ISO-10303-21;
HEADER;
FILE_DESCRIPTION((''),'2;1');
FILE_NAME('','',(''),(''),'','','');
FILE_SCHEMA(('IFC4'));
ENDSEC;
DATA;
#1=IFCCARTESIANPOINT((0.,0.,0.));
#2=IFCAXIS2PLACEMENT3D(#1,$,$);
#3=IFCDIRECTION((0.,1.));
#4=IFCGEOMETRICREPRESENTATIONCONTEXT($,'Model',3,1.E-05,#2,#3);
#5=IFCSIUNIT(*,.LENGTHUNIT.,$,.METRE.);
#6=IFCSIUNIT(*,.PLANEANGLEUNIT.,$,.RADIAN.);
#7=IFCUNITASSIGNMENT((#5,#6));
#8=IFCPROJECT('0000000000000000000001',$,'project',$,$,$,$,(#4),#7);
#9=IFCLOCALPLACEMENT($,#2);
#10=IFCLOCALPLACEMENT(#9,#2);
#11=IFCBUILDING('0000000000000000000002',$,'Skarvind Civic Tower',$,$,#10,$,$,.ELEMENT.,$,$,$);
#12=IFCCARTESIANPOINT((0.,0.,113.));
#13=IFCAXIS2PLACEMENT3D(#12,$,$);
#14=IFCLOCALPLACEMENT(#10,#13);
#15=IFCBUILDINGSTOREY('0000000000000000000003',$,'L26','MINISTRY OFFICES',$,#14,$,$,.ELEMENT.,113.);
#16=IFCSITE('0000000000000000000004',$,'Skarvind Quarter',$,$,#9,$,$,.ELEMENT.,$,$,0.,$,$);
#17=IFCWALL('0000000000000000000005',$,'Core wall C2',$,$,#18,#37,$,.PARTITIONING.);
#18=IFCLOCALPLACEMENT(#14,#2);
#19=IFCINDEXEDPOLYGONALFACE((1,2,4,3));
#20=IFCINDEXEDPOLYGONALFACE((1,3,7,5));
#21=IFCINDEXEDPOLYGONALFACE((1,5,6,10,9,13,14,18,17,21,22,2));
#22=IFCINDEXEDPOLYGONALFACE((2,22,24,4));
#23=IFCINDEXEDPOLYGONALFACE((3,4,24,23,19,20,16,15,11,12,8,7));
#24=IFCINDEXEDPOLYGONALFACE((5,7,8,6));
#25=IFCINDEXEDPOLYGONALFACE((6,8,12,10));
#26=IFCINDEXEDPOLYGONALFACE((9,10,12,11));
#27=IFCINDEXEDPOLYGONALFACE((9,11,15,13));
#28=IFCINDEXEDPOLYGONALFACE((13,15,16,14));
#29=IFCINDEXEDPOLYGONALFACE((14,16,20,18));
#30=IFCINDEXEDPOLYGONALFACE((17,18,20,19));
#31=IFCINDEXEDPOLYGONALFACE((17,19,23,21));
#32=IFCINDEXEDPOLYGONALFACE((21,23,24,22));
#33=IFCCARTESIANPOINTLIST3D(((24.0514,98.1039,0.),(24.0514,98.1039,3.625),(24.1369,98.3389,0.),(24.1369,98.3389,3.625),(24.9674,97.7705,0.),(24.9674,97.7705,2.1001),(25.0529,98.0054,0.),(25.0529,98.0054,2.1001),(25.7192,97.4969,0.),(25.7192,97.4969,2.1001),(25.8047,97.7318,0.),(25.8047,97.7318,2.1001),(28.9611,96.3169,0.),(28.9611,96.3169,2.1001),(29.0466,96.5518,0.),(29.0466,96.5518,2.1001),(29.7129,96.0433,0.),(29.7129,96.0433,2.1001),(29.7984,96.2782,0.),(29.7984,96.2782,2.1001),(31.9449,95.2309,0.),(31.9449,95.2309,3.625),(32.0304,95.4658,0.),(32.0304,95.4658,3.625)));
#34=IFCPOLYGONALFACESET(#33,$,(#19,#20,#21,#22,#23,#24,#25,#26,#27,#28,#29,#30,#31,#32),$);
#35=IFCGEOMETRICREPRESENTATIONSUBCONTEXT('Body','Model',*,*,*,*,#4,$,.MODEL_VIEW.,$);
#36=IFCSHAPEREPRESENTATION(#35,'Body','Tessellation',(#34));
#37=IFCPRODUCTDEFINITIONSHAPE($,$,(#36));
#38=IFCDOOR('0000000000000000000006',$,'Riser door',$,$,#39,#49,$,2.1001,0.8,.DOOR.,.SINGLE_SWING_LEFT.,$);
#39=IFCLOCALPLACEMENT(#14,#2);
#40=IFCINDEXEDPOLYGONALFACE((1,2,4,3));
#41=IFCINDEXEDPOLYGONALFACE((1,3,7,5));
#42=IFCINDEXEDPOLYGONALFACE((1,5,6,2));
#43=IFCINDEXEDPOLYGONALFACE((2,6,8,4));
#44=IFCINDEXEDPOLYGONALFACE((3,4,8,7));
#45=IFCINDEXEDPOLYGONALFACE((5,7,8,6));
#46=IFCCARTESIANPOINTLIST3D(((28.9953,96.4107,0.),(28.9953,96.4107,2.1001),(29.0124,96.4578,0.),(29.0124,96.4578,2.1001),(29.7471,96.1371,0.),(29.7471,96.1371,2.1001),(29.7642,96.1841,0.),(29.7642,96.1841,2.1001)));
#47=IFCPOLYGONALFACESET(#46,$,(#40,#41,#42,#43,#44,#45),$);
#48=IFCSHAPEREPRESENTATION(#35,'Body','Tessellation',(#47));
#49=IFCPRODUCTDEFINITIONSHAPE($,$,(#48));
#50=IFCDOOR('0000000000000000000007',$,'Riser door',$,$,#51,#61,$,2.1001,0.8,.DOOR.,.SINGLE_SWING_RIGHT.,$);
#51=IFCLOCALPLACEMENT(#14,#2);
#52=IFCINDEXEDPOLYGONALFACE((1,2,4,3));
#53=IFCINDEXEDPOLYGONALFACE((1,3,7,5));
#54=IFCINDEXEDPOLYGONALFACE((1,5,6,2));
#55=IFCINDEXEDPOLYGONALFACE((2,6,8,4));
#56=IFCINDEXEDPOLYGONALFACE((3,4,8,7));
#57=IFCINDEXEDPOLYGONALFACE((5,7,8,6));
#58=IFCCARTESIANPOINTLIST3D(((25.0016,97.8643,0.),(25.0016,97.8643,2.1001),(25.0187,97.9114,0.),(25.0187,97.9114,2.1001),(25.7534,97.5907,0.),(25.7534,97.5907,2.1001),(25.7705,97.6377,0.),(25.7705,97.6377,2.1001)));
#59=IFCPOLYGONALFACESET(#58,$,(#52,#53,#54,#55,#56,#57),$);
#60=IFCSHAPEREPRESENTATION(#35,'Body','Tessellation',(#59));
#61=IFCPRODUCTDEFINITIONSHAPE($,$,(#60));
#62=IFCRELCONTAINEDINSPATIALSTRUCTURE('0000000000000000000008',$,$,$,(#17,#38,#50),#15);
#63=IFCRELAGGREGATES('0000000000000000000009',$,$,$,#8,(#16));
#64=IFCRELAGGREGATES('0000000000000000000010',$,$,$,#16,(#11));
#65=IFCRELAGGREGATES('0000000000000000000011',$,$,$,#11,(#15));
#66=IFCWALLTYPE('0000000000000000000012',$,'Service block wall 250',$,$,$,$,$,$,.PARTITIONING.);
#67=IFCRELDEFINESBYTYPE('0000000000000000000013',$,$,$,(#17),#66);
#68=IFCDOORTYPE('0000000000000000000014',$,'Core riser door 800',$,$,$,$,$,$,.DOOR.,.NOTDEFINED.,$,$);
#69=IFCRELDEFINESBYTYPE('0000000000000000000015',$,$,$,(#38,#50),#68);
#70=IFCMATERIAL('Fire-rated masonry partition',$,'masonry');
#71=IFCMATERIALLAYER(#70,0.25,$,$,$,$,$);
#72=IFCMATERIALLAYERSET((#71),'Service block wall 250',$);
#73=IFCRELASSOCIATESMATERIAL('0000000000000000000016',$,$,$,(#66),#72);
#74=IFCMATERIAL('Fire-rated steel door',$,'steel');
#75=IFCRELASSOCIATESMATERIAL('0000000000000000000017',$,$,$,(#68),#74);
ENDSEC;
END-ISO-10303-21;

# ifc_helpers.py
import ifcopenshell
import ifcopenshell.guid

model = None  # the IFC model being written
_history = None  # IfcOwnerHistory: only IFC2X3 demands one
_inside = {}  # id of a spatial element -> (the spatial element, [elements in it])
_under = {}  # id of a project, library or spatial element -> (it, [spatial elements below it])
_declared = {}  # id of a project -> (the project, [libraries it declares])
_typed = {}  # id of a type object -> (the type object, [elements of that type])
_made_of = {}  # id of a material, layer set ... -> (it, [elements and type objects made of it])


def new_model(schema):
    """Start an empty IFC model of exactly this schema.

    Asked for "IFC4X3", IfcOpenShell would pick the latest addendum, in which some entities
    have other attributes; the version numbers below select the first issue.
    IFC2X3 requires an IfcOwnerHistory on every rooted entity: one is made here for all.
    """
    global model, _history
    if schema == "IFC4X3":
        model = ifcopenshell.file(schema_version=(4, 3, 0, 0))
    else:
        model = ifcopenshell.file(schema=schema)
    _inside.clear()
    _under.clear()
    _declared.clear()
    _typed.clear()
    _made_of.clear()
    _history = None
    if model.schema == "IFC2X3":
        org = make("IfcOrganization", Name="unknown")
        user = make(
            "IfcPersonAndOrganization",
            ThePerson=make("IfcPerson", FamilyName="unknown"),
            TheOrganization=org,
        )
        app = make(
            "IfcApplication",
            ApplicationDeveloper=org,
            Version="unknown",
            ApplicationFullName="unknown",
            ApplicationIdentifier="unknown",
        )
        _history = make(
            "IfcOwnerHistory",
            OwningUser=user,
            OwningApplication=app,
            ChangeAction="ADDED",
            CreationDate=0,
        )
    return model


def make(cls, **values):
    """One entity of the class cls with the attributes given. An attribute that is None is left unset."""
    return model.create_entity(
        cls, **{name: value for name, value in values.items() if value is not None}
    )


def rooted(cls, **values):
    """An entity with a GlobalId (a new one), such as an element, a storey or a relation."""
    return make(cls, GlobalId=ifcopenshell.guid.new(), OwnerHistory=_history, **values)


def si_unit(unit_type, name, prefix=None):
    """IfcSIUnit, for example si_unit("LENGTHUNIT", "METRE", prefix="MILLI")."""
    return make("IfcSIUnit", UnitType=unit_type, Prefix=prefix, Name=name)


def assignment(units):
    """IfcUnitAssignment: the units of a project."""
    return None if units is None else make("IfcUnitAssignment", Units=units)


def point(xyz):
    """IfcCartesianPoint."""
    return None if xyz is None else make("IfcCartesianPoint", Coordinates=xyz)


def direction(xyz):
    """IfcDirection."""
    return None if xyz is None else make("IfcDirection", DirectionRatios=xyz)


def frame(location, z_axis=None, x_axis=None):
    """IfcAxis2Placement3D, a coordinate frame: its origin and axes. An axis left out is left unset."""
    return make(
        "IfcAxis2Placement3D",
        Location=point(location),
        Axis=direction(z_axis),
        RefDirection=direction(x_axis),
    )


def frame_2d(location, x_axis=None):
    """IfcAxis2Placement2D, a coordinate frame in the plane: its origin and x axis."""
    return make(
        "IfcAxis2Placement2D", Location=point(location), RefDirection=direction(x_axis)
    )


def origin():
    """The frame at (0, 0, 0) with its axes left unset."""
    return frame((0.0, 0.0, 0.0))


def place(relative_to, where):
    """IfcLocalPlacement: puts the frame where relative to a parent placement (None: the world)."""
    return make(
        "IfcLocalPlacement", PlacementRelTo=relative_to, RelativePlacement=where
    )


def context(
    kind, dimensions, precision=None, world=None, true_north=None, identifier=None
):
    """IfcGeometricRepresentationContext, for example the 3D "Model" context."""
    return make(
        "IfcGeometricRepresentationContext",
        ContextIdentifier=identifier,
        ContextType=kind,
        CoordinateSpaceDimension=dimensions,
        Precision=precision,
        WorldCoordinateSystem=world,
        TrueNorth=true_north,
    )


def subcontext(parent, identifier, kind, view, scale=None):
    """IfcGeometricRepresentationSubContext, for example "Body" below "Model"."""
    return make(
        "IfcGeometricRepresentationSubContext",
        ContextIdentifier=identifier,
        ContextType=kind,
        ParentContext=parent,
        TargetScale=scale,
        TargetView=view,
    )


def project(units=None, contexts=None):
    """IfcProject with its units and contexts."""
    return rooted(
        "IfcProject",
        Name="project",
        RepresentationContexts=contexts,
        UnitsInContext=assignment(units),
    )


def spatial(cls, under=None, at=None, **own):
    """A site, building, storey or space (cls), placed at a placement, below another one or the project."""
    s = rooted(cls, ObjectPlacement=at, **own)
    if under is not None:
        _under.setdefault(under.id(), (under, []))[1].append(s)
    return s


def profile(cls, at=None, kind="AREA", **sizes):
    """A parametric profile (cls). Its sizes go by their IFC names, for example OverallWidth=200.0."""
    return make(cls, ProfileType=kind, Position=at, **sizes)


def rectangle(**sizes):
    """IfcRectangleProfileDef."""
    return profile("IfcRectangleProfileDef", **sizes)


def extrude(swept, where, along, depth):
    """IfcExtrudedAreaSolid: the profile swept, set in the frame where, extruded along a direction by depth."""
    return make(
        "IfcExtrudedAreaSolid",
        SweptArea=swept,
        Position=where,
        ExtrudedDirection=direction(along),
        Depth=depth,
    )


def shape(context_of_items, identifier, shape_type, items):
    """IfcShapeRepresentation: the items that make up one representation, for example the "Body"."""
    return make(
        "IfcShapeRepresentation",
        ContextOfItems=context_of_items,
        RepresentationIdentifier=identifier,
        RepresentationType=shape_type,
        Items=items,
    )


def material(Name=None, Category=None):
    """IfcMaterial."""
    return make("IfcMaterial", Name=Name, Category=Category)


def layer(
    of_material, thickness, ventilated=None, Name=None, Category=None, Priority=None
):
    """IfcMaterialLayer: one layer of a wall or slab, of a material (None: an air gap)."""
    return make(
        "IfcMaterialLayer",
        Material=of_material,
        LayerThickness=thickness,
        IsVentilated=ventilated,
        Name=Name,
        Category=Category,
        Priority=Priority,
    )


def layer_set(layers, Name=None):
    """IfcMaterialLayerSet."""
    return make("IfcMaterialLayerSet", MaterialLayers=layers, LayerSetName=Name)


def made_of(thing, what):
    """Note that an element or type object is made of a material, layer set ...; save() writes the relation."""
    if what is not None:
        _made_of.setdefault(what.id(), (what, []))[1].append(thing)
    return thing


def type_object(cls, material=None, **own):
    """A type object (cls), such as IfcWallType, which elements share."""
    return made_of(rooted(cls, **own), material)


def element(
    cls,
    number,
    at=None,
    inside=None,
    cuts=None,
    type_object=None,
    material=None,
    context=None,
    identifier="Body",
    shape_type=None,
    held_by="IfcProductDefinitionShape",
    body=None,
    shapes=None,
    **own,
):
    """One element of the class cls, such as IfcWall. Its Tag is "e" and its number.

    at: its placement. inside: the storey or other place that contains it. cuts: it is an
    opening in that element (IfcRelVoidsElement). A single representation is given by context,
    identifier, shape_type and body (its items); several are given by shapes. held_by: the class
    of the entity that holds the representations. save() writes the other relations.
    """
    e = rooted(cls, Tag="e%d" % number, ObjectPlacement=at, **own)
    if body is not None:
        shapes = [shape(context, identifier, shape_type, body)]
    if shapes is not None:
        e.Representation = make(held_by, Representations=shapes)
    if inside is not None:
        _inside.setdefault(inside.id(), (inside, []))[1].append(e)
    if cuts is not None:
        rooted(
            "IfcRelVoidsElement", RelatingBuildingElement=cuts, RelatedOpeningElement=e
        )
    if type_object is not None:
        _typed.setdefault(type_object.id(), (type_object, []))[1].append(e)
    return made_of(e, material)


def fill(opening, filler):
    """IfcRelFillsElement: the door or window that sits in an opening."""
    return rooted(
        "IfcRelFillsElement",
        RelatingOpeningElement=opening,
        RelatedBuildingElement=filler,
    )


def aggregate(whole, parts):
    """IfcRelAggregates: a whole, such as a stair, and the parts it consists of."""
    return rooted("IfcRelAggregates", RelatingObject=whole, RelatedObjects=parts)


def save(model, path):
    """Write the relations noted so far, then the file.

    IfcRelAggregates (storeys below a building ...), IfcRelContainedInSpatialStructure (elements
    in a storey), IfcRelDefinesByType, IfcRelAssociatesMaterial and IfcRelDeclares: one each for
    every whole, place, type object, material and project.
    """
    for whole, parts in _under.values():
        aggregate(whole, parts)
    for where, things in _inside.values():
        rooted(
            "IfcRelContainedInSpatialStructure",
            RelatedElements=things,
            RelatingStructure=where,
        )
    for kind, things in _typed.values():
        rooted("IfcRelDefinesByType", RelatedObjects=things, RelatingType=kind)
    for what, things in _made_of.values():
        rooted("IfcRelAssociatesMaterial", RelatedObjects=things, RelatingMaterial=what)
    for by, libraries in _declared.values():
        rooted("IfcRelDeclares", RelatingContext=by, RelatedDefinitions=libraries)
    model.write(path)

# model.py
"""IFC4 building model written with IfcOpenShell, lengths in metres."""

from ifc_helpers import new_model, si_unit, direction, frame, frame_2d, origin, place, context, subcontext, project, spatial, rectangle, extrude, material, layer, layer_set, type_object, element, fill, save


model = new_model("IFC4")

# Units and contexts
model_context = context("Model", 3, precision=1e-05, world=origin(), true_north=direction((0.0, 1.0)))
body_context = subcontext(model_context, "Body", "Model", "MODEL_VIEW")
ifc_project = project(units=[si_unit("LENGTHUNIT", "METRE"), si_unit("PLANEANGLEUNIT", "RADIAN")], contexts=[model_context])

# Site, building, storey
site_placement = place(None, origin())
site = spatial("IfcSite", under=ifc_project, at=site_placement, Name="Skarvind Quarter", CompositionType="ELEMENT", RefElevation=0.0)
building_placement = place(site_placement, origin())
building = spatial("IfcBuilding", under=site, at=building_placement, Name="Skarvind Civic Tower", CompositionType="ELEMENT")
storey_placement = place(building_placement, frame((0.0, 0.0, 113.0)))
storey = spatial("IfcBuildingStorey", under=building, at=storey_placement, Name="L26", Description="MINISTRY OFFICES", CompositionType="ELEMENT", Elevation=113.0)

# Wall, openings, doors
ifc_material_1 = material(Name="Fire-rated masonry partition", Category="masonry")
ifc_layer_1 = layer(ifc_material_1, 0.25)
ifc_layer_set_1 = layer_set([ifc_layer_1], Name="Service block wall 250")
wall_type_1 = type_object("IfcWallType", Name="Service block wall 250", PredefinedType="PARTITIONING", material=ifc_layer_set_1)
wall_1_placement = place(storey_placement, frame((24.094, 98.2214, 0.0), z_axis=(0.0, 0.0, 1.0), x_axis=(0.939692, -0.342023, 0.0)))
wall_1 = element("IfcWall", 1, at=wall_1_placement, inside=storey, type_object=wall_type_1, Name="Core wall C2", PredefinedType="PARTITIONING", context=body_context, shape_type="SweptSolid", body=[
    extrude(rectangle(XDim=8.4001, YDim=0.25, at=frame_2d((4.2002, 0.0))), origin(), (0.0, 0.0, 1.0), 3.625),
])
opening_1_placement = place(wall_1_placement, frame((5.2251, 0.0, 0.0)))
opening_1 = element("IfcOpeningElement", 2, at=opening_1_placement, cuts=wall_1, PredefinedType="OPENING", context=body_context, shape_type="SweptSolid", body=[
    extrude(rectangle(XDim=0.8, YDim=2.1001, at=frame_2d((0.3999, 1.05))), frame((0.0, 0.135, 0.0), z_axis=(0.0, -1.0, 0.0), x_axis=(1.0, 0.0, 0.0)), (0.0, 0.0, 1.0), 0.27),
])
opening_2_placement = place(wall_1_placement, frame((0.9751, 0.0, 0.0)))
opening_2 = element("IfcOpeningElement", 3, at=opening_2_placement, cuts=wall_1, PredefinedType="OPENING", context=body_context, shape_type="SweptSolid", body=[
    extrude(rectangle(XDim=0.8, YDim=2.1001, at=frame_2d((0.3999, 1.05))), frame((0.0, 0.135, 0.0), z_axis=(0.0, -1.0, 0.0), x_axis=(1.0, 0.0, 0.0)), (0.0, 0.0, 1.0), 0.27),
])
ifc_material_2 = material(Name="Fire-rated steel door", Category="steel")
door_type_1 = type_object("IfcDoorType", Name="Core riser door 800", OperationType="NOTDEFINED", PredefinedType="DOOR", material=ifc_material_2)
door_1_placement = place(opening_1_placement, origin())
door_1 = element("IfcDoor", 4, at=door_1_placement, inside=storey, type_object=door_type_1, Name="Riser door", OperationType="SINGLE_SWING_LEFT", OverallHeight=2.1001, OverallWidth=0.8, PredefinedType="DOOR", context=body_context, shape_type="SweptSolid", body=[
    extrude(rectangle(XDim=0.8, YDim=2.1001, at=frame_2d((0.3999, 1.05))), frame((0.0, 0.0249, 0.0), z_axis=(0.0, -1.0, 0.0), x_axis=(1.0, 0.0, 0.0)), (0.0, 0.0, 1.0), 0.05),
])
fill(opening_1, door_1)
door_2_placement = place(opening_2_placement, origin())
door_2 = element("IfcDoor", 5, at=door_2_placement, inside=storey, type_object=door_type_1, Name="Riser door", OperationType="SINGLE_SWING_RIGHT", OverallHeight=2.1001, OverallWidth=0.8, PredefinedType="DOOR", context=body_context, shape_type="SweptSolid", body=[
    extrude(rectangle(XDim=0.8, YDim=2.1001, at=frame_2d((0.3999, 1.05))), frame((0.0, 0.0249, 0.0), z_axis=(0.0, -1.0, 0.0), x_axis=(1.0, 0.0, 0.0)), (0.0, 0.0, 1.0), 0.05),
])
fill(opening_2, door_2)

save(model, "model.ifc")
